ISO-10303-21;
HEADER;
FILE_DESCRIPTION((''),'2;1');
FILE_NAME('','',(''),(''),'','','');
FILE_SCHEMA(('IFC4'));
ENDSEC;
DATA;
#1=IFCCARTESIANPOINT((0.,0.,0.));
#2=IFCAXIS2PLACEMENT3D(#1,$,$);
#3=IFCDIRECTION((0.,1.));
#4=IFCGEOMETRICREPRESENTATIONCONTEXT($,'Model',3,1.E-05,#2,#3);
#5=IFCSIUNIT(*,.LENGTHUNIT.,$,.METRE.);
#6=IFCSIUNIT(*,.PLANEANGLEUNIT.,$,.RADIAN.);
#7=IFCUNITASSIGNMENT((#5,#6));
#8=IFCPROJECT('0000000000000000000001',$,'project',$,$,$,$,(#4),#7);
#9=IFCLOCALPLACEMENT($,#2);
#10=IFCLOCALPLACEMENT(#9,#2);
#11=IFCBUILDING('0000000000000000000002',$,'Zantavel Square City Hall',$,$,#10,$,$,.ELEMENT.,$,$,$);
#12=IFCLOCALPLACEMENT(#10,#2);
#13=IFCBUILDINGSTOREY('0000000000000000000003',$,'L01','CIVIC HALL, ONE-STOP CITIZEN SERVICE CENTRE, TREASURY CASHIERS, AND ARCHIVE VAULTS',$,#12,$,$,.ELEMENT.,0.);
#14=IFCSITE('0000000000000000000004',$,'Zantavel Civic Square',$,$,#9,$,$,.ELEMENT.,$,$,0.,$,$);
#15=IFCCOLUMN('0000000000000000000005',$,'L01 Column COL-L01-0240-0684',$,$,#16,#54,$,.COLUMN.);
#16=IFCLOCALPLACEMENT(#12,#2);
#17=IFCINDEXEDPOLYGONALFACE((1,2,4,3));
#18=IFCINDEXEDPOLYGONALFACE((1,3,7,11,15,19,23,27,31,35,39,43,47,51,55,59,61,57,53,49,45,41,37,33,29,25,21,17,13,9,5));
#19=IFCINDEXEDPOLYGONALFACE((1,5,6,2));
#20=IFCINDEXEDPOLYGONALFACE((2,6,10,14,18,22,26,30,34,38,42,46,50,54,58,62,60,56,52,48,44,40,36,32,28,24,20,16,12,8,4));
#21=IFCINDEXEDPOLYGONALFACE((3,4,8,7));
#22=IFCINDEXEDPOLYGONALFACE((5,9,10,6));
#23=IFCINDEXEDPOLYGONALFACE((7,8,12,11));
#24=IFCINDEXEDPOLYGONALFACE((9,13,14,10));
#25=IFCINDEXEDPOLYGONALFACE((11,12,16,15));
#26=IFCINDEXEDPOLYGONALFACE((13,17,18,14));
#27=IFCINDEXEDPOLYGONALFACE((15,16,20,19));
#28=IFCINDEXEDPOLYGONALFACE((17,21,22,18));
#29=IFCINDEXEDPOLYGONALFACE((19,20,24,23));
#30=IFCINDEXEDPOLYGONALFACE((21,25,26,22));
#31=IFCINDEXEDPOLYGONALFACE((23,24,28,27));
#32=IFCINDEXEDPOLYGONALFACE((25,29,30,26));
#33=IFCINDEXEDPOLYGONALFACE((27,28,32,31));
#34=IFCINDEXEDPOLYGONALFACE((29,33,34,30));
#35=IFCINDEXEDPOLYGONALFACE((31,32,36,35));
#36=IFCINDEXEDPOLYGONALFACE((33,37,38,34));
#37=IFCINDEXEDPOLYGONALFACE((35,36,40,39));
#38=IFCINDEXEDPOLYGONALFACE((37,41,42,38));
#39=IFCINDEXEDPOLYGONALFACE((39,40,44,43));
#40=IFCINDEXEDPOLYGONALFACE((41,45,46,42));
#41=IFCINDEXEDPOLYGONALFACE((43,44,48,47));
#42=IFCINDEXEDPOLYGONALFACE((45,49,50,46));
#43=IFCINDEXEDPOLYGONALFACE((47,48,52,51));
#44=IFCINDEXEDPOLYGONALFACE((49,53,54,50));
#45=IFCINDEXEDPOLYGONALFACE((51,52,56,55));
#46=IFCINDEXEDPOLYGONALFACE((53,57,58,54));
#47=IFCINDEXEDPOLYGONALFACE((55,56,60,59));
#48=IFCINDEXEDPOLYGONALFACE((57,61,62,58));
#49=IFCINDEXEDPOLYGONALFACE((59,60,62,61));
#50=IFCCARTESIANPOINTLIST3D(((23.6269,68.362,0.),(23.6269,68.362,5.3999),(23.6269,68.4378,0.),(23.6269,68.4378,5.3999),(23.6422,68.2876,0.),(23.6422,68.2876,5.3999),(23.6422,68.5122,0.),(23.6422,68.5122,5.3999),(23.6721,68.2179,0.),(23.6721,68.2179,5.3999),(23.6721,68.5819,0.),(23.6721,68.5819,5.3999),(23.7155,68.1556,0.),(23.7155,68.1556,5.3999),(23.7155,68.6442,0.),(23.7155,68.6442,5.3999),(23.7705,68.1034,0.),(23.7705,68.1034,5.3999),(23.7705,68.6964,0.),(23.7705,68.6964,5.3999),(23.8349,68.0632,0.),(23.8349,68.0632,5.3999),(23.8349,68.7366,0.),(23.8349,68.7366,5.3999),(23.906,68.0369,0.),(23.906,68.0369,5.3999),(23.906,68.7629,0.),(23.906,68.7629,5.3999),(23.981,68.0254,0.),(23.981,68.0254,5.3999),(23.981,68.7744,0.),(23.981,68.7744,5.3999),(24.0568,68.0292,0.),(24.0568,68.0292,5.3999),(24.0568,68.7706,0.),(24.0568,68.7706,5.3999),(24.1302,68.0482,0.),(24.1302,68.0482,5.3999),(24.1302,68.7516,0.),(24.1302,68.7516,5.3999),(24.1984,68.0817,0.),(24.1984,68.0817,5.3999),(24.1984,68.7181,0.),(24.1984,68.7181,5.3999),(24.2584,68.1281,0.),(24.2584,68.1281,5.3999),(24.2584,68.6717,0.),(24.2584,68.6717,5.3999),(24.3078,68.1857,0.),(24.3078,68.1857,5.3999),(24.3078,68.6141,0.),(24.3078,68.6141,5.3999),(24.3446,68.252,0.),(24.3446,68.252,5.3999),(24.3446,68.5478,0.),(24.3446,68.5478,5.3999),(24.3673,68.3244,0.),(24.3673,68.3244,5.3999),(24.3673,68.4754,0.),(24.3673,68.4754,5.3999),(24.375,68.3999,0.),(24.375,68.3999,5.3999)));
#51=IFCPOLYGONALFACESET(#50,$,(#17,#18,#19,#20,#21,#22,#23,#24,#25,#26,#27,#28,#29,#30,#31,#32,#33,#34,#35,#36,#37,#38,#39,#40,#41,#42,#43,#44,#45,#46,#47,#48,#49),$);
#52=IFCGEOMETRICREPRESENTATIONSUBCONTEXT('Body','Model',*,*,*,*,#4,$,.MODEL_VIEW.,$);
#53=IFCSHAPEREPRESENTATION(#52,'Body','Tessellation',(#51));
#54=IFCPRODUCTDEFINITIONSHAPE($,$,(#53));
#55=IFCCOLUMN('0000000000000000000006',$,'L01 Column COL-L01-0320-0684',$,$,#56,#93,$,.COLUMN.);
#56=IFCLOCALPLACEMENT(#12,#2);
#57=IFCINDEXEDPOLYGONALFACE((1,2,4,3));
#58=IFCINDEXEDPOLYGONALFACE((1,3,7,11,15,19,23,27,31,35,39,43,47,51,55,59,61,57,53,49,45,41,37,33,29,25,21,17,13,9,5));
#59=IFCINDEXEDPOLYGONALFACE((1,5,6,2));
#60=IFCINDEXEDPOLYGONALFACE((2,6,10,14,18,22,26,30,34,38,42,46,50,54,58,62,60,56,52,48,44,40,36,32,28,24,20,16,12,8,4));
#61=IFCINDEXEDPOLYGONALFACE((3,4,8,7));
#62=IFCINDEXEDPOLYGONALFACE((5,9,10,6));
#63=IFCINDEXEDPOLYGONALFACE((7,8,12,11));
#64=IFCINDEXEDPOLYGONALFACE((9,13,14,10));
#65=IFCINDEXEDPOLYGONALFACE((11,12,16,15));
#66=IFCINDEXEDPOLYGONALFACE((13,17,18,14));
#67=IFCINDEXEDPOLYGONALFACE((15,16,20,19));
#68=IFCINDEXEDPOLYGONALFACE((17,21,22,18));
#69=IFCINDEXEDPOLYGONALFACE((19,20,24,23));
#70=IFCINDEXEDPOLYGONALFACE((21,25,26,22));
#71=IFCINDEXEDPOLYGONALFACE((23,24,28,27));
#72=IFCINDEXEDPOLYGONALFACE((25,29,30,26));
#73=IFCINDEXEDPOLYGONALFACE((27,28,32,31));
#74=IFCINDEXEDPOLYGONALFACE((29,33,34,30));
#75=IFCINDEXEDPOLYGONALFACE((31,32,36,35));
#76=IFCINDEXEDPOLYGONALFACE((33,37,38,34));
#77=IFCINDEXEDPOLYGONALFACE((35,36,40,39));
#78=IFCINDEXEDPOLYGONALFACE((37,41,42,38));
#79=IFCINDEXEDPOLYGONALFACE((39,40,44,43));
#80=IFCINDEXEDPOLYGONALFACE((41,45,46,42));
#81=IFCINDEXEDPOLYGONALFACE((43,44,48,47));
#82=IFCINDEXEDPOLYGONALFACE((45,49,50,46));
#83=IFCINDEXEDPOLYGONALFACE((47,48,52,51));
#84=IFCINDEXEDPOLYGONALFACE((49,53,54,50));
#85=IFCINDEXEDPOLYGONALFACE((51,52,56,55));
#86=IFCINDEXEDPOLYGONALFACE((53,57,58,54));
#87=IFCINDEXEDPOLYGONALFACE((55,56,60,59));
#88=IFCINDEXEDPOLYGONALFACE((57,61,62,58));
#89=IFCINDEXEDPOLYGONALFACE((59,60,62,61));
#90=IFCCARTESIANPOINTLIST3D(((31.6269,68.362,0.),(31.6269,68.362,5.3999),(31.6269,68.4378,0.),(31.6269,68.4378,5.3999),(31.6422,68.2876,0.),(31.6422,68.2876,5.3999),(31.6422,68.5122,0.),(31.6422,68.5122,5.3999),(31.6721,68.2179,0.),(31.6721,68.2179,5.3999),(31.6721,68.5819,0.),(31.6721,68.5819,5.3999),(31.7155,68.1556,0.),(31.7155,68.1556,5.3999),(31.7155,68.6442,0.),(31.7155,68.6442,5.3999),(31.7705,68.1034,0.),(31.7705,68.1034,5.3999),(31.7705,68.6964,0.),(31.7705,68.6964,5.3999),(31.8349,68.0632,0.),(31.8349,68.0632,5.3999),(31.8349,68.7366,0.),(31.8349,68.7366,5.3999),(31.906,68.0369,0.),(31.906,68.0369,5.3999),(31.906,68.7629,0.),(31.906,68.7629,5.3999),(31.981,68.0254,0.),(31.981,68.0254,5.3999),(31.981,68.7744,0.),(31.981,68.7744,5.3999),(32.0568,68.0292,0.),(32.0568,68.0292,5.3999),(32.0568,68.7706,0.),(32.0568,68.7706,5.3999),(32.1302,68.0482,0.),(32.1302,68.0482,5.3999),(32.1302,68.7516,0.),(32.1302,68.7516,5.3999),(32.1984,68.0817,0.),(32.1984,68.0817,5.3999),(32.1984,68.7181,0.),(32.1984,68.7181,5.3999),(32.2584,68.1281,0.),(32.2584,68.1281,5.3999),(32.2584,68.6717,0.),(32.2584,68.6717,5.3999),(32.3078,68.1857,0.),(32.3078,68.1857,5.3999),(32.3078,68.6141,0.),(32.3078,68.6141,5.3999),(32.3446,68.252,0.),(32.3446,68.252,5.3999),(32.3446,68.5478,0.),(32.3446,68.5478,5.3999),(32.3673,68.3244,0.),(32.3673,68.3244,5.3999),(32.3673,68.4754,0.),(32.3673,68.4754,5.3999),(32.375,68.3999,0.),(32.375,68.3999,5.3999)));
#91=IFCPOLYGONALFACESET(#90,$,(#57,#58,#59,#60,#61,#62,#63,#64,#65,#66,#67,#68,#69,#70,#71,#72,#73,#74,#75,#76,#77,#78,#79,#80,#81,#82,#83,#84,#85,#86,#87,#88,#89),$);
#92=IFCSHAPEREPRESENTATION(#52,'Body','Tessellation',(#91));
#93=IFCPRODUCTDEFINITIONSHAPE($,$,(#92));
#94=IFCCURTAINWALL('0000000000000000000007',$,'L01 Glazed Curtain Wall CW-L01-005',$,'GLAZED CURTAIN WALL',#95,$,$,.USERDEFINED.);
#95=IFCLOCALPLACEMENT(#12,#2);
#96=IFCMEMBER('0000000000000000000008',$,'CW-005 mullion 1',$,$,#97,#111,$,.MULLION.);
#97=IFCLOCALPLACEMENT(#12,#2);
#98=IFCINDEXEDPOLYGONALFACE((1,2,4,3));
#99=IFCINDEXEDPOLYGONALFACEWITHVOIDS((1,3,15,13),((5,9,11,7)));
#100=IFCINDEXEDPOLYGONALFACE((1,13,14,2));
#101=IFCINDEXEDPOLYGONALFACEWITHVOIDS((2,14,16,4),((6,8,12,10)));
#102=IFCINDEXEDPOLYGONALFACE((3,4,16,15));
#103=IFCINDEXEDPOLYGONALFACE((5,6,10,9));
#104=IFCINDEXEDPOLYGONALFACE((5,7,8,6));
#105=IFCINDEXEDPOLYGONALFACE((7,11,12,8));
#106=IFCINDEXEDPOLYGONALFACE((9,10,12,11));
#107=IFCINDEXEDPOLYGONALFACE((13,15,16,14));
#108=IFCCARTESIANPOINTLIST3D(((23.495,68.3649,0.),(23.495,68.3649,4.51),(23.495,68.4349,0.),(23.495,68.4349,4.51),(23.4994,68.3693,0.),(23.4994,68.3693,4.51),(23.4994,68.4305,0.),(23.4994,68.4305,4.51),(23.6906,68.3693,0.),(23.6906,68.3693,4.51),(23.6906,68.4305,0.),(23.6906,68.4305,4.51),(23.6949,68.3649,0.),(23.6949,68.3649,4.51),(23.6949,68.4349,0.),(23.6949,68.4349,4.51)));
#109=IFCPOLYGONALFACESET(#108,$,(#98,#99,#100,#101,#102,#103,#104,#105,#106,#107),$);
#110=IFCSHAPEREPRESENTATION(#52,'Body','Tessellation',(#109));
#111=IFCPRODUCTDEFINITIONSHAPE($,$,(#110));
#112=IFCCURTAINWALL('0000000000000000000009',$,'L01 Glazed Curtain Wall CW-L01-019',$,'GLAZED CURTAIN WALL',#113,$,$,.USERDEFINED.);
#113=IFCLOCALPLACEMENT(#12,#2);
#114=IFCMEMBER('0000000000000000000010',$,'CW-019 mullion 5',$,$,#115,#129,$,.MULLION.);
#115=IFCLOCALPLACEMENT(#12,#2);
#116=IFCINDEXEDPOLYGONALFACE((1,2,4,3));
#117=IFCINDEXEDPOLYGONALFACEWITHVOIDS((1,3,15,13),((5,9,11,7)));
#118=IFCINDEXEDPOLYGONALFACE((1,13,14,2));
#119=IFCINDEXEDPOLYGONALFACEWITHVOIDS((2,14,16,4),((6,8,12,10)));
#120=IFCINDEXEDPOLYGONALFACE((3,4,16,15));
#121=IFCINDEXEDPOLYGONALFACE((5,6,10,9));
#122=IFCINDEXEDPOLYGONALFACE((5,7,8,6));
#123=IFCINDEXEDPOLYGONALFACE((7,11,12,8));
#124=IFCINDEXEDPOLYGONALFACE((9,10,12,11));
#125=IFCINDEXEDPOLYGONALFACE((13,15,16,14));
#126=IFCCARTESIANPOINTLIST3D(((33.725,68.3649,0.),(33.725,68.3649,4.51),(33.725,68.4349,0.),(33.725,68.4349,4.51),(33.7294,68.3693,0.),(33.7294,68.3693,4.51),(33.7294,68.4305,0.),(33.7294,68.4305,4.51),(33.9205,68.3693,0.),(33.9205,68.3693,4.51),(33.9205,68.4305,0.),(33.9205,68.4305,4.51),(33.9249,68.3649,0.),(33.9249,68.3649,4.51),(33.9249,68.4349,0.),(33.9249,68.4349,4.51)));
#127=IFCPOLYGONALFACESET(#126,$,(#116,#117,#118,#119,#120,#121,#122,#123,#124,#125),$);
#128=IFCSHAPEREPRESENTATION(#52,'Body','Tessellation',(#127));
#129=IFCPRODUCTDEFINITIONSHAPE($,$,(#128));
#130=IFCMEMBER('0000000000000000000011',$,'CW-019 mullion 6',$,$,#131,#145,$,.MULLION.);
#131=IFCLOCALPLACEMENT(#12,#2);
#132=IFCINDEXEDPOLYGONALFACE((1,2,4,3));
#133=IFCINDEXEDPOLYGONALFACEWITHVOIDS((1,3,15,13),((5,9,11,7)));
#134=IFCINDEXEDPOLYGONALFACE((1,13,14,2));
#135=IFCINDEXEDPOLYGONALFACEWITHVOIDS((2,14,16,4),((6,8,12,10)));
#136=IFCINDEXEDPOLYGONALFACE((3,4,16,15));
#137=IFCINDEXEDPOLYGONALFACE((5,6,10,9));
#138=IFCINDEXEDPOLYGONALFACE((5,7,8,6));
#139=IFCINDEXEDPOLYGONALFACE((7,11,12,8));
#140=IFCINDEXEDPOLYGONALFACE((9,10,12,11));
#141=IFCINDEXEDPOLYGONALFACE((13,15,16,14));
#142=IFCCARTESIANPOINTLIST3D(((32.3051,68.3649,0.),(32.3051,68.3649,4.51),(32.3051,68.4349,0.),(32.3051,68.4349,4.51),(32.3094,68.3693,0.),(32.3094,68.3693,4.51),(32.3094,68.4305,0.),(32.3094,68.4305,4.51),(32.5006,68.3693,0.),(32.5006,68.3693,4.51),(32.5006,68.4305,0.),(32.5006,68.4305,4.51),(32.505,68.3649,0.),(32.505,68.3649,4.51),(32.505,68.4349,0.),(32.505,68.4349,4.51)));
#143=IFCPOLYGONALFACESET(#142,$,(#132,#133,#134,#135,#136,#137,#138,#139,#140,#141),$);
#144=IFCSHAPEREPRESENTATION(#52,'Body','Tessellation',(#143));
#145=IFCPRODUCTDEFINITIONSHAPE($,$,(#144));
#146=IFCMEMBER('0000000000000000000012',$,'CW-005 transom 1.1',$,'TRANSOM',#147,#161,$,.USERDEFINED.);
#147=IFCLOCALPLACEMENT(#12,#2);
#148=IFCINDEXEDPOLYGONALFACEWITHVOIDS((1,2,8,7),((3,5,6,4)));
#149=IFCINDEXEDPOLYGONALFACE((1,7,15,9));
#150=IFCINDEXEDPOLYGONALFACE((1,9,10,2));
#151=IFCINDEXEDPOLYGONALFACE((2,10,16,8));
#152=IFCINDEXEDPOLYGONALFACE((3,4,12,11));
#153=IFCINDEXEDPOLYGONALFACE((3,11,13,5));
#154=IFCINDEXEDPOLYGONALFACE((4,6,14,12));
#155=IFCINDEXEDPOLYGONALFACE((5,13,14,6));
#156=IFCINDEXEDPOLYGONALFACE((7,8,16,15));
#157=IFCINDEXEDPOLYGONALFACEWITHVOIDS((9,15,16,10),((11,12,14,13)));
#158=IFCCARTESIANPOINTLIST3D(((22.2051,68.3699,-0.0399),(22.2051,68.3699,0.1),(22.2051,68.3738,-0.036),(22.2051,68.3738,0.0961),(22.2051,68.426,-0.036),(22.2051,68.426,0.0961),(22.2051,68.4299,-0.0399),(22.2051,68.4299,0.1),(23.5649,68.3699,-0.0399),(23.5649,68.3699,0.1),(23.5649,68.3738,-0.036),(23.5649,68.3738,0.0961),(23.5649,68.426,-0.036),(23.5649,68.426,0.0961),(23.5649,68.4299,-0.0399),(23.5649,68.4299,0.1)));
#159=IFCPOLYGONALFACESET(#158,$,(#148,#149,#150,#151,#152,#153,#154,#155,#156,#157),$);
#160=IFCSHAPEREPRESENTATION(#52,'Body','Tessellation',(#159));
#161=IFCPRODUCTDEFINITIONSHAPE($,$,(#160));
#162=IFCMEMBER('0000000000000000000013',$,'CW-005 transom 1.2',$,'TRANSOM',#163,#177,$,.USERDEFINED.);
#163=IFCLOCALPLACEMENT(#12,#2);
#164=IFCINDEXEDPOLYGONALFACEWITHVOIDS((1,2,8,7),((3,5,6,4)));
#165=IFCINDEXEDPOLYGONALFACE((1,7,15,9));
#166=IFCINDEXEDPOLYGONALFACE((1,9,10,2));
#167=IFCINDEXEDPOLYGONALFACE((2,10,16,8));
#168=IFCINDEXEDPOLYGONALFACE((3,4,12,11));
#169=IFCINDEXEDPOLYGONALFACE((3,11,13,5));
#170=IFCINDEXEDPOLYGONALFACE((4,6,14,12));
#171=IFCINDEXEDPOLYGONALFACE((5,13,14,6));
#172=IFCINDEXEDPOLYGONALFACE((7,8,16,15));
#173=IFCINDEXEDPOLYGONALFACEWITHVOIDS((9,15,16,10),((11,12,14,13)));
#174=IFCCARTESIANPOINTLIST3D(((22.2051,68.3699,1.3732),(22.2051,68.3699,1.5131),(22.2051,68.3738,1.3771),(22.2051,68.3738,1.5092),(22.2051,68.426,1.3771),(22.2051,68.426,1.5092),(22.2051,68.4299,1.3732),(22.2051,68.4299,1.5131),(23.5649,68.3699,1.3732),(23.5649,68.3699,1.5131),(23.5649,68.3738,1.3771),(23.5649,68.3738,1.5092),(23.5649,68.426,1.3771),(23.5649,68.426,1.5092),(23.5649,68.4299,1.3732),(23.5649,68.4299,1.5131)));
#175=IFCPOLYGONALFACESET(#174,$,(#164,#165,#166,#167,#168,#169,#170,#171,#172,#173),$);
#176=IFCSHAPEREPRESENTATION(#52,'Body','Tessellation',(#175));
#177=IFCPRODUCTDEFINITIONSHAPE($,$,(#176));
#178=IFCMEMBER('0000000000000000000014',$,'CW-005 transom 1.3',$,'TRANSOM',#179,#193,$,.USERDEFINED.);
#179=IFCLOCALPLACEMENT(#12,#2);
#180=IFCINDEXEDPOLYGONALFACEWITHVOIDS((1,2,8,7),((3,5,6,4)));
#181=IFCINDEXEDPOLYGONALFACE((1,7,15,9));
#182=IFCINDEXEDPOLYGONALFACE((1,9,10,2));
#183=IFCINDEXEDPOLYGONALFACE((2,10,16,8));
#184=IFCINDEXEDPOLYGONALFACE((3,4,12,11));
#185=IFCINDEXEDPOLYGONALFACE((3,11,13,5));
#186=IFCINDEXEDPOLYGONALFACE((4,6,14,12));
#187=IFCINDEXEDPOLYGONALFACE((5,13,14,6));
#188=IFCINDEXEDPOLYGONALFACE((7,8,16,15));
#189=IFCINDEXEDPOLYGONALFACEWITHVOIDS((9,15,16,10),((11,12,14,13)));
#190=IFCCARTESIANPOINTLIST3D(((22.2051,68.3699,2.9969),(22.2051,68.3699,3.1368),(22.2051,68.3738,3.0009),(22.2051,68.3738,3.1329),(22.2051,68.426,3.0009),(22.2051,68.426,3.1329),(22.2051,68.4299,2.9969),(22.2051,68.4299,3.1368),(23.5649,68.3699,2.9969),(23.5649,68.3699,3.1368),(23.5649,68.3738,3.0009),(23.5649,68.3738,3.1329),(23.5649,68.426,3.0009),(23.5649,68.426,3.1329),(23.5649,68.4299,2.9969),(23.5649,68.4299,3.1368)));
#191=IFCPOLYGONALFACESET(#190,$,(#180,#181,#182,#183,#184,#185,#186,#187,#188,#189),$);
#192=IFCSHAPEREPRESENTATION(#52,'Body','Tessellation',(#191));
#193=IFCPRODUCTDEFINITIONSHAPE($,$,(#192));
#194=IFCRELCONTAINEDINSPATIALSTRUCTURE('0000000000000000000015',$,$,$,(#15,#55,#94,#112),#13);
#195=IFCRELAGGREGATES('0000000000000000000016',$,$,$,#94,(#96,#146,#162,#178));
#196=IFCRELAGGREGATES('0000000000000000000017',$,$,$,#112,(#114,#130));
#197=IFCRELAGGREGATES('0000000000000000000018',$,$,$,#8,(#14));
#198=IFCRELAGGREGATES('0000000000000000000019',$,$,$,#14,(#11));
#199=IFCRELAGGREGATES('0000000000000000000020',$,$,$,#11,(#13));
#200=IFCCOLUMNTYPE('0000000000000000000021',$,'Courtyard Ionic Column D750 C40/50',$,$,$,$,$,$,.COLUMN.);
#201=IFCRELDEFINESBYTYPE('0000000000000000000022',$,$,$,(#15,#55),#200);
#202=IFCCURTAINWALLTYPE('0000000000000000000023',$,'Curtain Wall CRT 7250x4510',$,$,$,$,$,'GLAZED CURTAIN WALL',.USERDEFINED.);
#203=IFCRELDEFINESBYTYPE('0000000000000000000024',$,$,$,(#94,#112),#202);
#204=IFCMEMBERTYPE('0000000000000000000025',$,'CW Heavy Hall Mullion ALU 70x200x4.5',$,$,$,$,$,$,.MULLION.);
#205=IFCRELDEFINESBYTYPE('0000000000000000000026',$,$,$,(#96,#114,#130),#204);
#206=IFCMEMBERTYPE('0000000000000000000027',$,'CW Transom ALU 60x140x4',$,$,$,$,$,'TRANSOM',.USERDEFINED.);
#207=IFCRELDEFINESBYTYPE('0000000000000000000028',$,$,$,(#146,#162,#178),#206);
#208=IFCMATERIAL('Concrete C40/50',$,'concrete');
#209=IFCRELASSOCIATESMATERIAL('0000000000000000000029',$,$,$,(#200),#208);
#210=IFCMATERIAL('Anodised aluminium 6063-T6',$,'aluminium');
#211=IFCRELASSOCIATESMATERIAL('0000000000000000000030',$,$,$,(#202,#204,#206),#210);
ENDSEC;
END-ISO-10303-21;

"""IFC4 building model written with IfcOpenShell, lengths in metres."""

from ifc_helpers import new_model, si_unit, direction, frame, origin, origin_2d, place, context, subcontext, project, spatial, hollow_rectangle, circle, extrude, material, material_profile, profile_set, type_object, element, aggregate, save


model = new_model("IFC4")

# Units and contexts
model_context = context("Model", 3, precision=1e-05, world=origin(), true_north=direction((0.0, 1.0)))
body_context = subcontext(model_context, "Body", "Model", "MODEL_VIEW")
ifc_project = project(units=[si_unit("LENGTHUNIT", "METRE"), si_unit("PLANEANGLEUNIT", "RADIAN")], contexts=[model_context])

# Site, building, storey
site_placement = place(None, origin())
site = spatial("IfcSite", under=ifc_project, at=site_placement, Name="Zantavel Civic Square", CompositionType="ELEMENT", RefElevation=0.0)
building_placement = place(site_placement, origin())
building = spatial("IfcBuilding", under=site, at=building_placement, Name="Zantavel Square City Hall", CompositionType="ELEMENT")
storey_placement = place(building_placement, origin())
storey = spatial("IfcBuildingStorey", under=building, at=storey_placement, Name="L01", Description="CIVIC HALL, ONE-STOP CITIZEN SERVICE CENTRE, TREASURY CASHIERS, AND ARCHIVE VAULTS", CompositionType="ELEMENT", Elevation=0.0)

# Columns
ifc_material_1 = material(Name="Concrete C40/50", Category="concrete")
ifc_material_profile_1 = material_profile(ifc_material_1, circle(Radius=0.375, at=origin_2d()), Name="ROUND D750")
ifc_profile_set_1 = profile_set([ifc_material_profile_1], Name="Concrete C40/50")
column_type = type_object("IfcColumnType", Name="Courtyard Ionic Column D750 C40/50", PredefinedType="COLUMN", material=ifc_profile_set_1)
for number, where, z_axis, x_axis, name in (
    (1, (24.0, 68.3999, 0.0), (0.0, 0.0, 1.0), (1.0, 0.0, 0.0), "L01 Column COL-L01-0240-0684"),
    (2, (32.0, 68.3999, 0.0), (0.0, 0.0, 1.0), (1.0, 0.0, 0.0), "L01 Column COL-L01-0320-0684"),
):
    element("IfcColumn", number, at=place(storey_placement, frame(where, z_axis=z_axis, x_axis=x_axis)), inside=storey, type_object=column_type, Name=name, PredefinedType="COLUMN", context=body_context, shape_type="SweptSolid", body=[
        extrude(circle(Radius=0.375, at=origin_2d()), origin(), (0.0, 0.0, 1.0), 5.3999),
    ])

# Curtain wall, member
ifc_material_2 = material(Name="Anodised aluminium 6063-T6", Category="aluminium")
curtain_wall_type = type_object("IfcCurtainWallType", Name="Curtain Wall CRT 7250x4510", ElementType="GLAZED CURTAIN WALL", PredefinedType="USERDEFINED", material=ifc_material_2)
curtain_wall_1_placement = place(storey_placement, origin())
curtain_wall_1 = element("IfcCurtainWall", 3, at=curtain_wall_1_placement, inside=storey, type_object=curtain_wall_type, Name="L01 Glazed Curtain Wall CW-L01-005", ObjectType="GLAZED CURTAIN WALL", PredefinedType="USERDEFINED")
ifc_material_profile_2 = material_profile(ifc_material_2, hollow_rectangle(XDim=0.0701, YDim=0.2, WallThickness=0.0044, at=origin_2d()), Name="ALU 70x200x4.5")
ifc_profile_set_2 = profile_set([ifc_material_profile_2], Name="Anodised aluminium 6063-T6")
member_type_1 = type_object("IfcMemberType", Name="CW Heavy Hall Mullion ALU 70x200x4.5", PredefinedType="MULLION", material=ifc_profile_set_2)
member_1_placement = place(storey_placement, frame((23.595, 68.3999, 0.0), z_axis=(0.0, 0.0, 1.0), x_axis=(0.0, -1.0, 0.0)))
member_1 = element("IfcMember", 4, at=member_1_placement, type_object=member_type_1, Name="CW-005 mullion 1", PredefinedType="MULLION", context=body_context, shape_type="SweptSolid", body=[
    extrude(hollow_rectangle(XDim=0.0701, YDim=0.2, WallThickness=0.0044, at=origin_2d()), origin(), (0.0, 0.0, 1.0), 4.51),
])

# Curtain wall, members
curtain_wall_2_placement = place(storey_placement, origin())
curtain_wall_2 = element("IfcCurtainWall", 5, at=curtain_wall_2_placement, inside=storey, type_object=curtain_wall_type, Name="L01 Glazed Curtain Wall CW-L01-019", ObjectType="GLAZED CURTAIN WALL", PredefinedType="USERDEFINED")
member_2_placement = place(storey_placement, frame((33.825, 68.3999, 0.0), z_axis=(0.0, 0.0, 1.0), x_axis=(0.0, -1.0, 0.0)))
member_2 = element("IfcMember", 6, at=member_2_placement, type_object=member_type_1, Name="CW-019 mullion 5", PredefinedType="MULLION", context=body_context, shape_type="SweptSolid", body=[
    extrude(hollow_rectangle(XDim=0.0701, YDim=0.2, WallThickness=0.0044, at=origin_2d()), origin(), (0.0, 0.0, 1.0), 4.51),
])
member_3_placement = place(storey_placement, frame((32.405, 68.3999, 0.0), z_axis=(0.0, 0.0, 1.0), x_axis=(0.0, -1.0, 0.0)))
member_3 = element("IfcMember", 7, at=member_3_placement, type_object=member_type_1, Name="CW-019 mullion 6", PredefinedType="MULLION", context=body_context, shape_type="SweptSolid", body=[
    extrude(hollow_rectangle(XDim=0.0701, YDim=0.2, WallThickness=0.0044, at=origin_2d()), origin(), (0.0, 0.0, 1.0), 4.51),
])

# Members
ifc_material_profile_3 = material_profile(ifc_material_2, hollow_rectangle(XDim=0.0601, YDim=0.1399, WallThickness=0.0039, at=origin_2d()), Name="ALU 60x140x4")
ifc_profile_set_3 = profile_set([ifc_material_profile_3], Name="Anodised aluminium 6063-T6")
member_type_2 = type_object("IfcMemberType", Name="CW Transom ALU 60x140x4", ElementType="TRANSOM", PredefinedType="USERDEFINED", material=ifc_profile_set_3)
member_4_placement = place(storey_placement, frame((23.5649, 68.3999, 0.03), z_axis=(-1.0, 0.0, 0.0), x_axis=(0.0, -1.0, 0.0)))
member_4 = element("IfcMember", 8, at=member_4_placement, type_object=member_type_2, Name="CW-005 transom 1.1", ObjectType="TRANSOM", PredefinedType="USERDEFINED", context=body_context, shape_type="SweptSolid", body=[
    extrude(hollow_rectangle(XDim=0.0601, YDim=0.1399, WallThickness=0.0039, at=origin_2d()), origin(), (0.0, 0.0, 1.0), 1.3599),
])
member_5_placement = place(storey_placement, frame((23.5649, 68.3999, 1.4431), z_axis=(-1.0, 0.0, 0.0), x_axis=(0.0, -1.0, 0.0)))
member_5 = element("IfcMember", 9, at=member_5_placement, type_object=member_type_2, Name="CW-005 transom 1.2", ObjectType="TRANSOM", PredefinedType="USERDEFINED", context=body_context, shape_type="SweptSolid", body=[
    extrude(hollow_rectangle(XDim=0.0601, YDim=0.1399, WallThickness=0.0039, at=origin_2d()), origin(), (0.0, 0.0, 1.0), 1.3599),
])
member_6_placement = place(storey_placement, frame((23.5649, 68.3999, 3.0669), z_axis=(-1.0, 0.0, 0.0), x_axis=(0.0, -1.0, 0.0)))
member_6 = element("IfcMember", 10, at=member_6_placement, type_object=member_type_2, Name="CW-005 transom 1.3", ObjectType="TRANSOM", PredefinedType="USERDEFINED", context=body_context, shape_type="SweptSolid", body=[
    extrude(hollow_rectangle(XDim=0.0601, YDim=0.1399, WallThickness=0.0039, at=origin_2d()), origin(), (0.0, 0.0, 1.0), 1.3599),
])

aggregate(curtain_wall_1, [member_1, member_4, member_5, member_6])
aggregate(curtain_wall_2, [member_2, member_3])

save(model, "model.ifc")
